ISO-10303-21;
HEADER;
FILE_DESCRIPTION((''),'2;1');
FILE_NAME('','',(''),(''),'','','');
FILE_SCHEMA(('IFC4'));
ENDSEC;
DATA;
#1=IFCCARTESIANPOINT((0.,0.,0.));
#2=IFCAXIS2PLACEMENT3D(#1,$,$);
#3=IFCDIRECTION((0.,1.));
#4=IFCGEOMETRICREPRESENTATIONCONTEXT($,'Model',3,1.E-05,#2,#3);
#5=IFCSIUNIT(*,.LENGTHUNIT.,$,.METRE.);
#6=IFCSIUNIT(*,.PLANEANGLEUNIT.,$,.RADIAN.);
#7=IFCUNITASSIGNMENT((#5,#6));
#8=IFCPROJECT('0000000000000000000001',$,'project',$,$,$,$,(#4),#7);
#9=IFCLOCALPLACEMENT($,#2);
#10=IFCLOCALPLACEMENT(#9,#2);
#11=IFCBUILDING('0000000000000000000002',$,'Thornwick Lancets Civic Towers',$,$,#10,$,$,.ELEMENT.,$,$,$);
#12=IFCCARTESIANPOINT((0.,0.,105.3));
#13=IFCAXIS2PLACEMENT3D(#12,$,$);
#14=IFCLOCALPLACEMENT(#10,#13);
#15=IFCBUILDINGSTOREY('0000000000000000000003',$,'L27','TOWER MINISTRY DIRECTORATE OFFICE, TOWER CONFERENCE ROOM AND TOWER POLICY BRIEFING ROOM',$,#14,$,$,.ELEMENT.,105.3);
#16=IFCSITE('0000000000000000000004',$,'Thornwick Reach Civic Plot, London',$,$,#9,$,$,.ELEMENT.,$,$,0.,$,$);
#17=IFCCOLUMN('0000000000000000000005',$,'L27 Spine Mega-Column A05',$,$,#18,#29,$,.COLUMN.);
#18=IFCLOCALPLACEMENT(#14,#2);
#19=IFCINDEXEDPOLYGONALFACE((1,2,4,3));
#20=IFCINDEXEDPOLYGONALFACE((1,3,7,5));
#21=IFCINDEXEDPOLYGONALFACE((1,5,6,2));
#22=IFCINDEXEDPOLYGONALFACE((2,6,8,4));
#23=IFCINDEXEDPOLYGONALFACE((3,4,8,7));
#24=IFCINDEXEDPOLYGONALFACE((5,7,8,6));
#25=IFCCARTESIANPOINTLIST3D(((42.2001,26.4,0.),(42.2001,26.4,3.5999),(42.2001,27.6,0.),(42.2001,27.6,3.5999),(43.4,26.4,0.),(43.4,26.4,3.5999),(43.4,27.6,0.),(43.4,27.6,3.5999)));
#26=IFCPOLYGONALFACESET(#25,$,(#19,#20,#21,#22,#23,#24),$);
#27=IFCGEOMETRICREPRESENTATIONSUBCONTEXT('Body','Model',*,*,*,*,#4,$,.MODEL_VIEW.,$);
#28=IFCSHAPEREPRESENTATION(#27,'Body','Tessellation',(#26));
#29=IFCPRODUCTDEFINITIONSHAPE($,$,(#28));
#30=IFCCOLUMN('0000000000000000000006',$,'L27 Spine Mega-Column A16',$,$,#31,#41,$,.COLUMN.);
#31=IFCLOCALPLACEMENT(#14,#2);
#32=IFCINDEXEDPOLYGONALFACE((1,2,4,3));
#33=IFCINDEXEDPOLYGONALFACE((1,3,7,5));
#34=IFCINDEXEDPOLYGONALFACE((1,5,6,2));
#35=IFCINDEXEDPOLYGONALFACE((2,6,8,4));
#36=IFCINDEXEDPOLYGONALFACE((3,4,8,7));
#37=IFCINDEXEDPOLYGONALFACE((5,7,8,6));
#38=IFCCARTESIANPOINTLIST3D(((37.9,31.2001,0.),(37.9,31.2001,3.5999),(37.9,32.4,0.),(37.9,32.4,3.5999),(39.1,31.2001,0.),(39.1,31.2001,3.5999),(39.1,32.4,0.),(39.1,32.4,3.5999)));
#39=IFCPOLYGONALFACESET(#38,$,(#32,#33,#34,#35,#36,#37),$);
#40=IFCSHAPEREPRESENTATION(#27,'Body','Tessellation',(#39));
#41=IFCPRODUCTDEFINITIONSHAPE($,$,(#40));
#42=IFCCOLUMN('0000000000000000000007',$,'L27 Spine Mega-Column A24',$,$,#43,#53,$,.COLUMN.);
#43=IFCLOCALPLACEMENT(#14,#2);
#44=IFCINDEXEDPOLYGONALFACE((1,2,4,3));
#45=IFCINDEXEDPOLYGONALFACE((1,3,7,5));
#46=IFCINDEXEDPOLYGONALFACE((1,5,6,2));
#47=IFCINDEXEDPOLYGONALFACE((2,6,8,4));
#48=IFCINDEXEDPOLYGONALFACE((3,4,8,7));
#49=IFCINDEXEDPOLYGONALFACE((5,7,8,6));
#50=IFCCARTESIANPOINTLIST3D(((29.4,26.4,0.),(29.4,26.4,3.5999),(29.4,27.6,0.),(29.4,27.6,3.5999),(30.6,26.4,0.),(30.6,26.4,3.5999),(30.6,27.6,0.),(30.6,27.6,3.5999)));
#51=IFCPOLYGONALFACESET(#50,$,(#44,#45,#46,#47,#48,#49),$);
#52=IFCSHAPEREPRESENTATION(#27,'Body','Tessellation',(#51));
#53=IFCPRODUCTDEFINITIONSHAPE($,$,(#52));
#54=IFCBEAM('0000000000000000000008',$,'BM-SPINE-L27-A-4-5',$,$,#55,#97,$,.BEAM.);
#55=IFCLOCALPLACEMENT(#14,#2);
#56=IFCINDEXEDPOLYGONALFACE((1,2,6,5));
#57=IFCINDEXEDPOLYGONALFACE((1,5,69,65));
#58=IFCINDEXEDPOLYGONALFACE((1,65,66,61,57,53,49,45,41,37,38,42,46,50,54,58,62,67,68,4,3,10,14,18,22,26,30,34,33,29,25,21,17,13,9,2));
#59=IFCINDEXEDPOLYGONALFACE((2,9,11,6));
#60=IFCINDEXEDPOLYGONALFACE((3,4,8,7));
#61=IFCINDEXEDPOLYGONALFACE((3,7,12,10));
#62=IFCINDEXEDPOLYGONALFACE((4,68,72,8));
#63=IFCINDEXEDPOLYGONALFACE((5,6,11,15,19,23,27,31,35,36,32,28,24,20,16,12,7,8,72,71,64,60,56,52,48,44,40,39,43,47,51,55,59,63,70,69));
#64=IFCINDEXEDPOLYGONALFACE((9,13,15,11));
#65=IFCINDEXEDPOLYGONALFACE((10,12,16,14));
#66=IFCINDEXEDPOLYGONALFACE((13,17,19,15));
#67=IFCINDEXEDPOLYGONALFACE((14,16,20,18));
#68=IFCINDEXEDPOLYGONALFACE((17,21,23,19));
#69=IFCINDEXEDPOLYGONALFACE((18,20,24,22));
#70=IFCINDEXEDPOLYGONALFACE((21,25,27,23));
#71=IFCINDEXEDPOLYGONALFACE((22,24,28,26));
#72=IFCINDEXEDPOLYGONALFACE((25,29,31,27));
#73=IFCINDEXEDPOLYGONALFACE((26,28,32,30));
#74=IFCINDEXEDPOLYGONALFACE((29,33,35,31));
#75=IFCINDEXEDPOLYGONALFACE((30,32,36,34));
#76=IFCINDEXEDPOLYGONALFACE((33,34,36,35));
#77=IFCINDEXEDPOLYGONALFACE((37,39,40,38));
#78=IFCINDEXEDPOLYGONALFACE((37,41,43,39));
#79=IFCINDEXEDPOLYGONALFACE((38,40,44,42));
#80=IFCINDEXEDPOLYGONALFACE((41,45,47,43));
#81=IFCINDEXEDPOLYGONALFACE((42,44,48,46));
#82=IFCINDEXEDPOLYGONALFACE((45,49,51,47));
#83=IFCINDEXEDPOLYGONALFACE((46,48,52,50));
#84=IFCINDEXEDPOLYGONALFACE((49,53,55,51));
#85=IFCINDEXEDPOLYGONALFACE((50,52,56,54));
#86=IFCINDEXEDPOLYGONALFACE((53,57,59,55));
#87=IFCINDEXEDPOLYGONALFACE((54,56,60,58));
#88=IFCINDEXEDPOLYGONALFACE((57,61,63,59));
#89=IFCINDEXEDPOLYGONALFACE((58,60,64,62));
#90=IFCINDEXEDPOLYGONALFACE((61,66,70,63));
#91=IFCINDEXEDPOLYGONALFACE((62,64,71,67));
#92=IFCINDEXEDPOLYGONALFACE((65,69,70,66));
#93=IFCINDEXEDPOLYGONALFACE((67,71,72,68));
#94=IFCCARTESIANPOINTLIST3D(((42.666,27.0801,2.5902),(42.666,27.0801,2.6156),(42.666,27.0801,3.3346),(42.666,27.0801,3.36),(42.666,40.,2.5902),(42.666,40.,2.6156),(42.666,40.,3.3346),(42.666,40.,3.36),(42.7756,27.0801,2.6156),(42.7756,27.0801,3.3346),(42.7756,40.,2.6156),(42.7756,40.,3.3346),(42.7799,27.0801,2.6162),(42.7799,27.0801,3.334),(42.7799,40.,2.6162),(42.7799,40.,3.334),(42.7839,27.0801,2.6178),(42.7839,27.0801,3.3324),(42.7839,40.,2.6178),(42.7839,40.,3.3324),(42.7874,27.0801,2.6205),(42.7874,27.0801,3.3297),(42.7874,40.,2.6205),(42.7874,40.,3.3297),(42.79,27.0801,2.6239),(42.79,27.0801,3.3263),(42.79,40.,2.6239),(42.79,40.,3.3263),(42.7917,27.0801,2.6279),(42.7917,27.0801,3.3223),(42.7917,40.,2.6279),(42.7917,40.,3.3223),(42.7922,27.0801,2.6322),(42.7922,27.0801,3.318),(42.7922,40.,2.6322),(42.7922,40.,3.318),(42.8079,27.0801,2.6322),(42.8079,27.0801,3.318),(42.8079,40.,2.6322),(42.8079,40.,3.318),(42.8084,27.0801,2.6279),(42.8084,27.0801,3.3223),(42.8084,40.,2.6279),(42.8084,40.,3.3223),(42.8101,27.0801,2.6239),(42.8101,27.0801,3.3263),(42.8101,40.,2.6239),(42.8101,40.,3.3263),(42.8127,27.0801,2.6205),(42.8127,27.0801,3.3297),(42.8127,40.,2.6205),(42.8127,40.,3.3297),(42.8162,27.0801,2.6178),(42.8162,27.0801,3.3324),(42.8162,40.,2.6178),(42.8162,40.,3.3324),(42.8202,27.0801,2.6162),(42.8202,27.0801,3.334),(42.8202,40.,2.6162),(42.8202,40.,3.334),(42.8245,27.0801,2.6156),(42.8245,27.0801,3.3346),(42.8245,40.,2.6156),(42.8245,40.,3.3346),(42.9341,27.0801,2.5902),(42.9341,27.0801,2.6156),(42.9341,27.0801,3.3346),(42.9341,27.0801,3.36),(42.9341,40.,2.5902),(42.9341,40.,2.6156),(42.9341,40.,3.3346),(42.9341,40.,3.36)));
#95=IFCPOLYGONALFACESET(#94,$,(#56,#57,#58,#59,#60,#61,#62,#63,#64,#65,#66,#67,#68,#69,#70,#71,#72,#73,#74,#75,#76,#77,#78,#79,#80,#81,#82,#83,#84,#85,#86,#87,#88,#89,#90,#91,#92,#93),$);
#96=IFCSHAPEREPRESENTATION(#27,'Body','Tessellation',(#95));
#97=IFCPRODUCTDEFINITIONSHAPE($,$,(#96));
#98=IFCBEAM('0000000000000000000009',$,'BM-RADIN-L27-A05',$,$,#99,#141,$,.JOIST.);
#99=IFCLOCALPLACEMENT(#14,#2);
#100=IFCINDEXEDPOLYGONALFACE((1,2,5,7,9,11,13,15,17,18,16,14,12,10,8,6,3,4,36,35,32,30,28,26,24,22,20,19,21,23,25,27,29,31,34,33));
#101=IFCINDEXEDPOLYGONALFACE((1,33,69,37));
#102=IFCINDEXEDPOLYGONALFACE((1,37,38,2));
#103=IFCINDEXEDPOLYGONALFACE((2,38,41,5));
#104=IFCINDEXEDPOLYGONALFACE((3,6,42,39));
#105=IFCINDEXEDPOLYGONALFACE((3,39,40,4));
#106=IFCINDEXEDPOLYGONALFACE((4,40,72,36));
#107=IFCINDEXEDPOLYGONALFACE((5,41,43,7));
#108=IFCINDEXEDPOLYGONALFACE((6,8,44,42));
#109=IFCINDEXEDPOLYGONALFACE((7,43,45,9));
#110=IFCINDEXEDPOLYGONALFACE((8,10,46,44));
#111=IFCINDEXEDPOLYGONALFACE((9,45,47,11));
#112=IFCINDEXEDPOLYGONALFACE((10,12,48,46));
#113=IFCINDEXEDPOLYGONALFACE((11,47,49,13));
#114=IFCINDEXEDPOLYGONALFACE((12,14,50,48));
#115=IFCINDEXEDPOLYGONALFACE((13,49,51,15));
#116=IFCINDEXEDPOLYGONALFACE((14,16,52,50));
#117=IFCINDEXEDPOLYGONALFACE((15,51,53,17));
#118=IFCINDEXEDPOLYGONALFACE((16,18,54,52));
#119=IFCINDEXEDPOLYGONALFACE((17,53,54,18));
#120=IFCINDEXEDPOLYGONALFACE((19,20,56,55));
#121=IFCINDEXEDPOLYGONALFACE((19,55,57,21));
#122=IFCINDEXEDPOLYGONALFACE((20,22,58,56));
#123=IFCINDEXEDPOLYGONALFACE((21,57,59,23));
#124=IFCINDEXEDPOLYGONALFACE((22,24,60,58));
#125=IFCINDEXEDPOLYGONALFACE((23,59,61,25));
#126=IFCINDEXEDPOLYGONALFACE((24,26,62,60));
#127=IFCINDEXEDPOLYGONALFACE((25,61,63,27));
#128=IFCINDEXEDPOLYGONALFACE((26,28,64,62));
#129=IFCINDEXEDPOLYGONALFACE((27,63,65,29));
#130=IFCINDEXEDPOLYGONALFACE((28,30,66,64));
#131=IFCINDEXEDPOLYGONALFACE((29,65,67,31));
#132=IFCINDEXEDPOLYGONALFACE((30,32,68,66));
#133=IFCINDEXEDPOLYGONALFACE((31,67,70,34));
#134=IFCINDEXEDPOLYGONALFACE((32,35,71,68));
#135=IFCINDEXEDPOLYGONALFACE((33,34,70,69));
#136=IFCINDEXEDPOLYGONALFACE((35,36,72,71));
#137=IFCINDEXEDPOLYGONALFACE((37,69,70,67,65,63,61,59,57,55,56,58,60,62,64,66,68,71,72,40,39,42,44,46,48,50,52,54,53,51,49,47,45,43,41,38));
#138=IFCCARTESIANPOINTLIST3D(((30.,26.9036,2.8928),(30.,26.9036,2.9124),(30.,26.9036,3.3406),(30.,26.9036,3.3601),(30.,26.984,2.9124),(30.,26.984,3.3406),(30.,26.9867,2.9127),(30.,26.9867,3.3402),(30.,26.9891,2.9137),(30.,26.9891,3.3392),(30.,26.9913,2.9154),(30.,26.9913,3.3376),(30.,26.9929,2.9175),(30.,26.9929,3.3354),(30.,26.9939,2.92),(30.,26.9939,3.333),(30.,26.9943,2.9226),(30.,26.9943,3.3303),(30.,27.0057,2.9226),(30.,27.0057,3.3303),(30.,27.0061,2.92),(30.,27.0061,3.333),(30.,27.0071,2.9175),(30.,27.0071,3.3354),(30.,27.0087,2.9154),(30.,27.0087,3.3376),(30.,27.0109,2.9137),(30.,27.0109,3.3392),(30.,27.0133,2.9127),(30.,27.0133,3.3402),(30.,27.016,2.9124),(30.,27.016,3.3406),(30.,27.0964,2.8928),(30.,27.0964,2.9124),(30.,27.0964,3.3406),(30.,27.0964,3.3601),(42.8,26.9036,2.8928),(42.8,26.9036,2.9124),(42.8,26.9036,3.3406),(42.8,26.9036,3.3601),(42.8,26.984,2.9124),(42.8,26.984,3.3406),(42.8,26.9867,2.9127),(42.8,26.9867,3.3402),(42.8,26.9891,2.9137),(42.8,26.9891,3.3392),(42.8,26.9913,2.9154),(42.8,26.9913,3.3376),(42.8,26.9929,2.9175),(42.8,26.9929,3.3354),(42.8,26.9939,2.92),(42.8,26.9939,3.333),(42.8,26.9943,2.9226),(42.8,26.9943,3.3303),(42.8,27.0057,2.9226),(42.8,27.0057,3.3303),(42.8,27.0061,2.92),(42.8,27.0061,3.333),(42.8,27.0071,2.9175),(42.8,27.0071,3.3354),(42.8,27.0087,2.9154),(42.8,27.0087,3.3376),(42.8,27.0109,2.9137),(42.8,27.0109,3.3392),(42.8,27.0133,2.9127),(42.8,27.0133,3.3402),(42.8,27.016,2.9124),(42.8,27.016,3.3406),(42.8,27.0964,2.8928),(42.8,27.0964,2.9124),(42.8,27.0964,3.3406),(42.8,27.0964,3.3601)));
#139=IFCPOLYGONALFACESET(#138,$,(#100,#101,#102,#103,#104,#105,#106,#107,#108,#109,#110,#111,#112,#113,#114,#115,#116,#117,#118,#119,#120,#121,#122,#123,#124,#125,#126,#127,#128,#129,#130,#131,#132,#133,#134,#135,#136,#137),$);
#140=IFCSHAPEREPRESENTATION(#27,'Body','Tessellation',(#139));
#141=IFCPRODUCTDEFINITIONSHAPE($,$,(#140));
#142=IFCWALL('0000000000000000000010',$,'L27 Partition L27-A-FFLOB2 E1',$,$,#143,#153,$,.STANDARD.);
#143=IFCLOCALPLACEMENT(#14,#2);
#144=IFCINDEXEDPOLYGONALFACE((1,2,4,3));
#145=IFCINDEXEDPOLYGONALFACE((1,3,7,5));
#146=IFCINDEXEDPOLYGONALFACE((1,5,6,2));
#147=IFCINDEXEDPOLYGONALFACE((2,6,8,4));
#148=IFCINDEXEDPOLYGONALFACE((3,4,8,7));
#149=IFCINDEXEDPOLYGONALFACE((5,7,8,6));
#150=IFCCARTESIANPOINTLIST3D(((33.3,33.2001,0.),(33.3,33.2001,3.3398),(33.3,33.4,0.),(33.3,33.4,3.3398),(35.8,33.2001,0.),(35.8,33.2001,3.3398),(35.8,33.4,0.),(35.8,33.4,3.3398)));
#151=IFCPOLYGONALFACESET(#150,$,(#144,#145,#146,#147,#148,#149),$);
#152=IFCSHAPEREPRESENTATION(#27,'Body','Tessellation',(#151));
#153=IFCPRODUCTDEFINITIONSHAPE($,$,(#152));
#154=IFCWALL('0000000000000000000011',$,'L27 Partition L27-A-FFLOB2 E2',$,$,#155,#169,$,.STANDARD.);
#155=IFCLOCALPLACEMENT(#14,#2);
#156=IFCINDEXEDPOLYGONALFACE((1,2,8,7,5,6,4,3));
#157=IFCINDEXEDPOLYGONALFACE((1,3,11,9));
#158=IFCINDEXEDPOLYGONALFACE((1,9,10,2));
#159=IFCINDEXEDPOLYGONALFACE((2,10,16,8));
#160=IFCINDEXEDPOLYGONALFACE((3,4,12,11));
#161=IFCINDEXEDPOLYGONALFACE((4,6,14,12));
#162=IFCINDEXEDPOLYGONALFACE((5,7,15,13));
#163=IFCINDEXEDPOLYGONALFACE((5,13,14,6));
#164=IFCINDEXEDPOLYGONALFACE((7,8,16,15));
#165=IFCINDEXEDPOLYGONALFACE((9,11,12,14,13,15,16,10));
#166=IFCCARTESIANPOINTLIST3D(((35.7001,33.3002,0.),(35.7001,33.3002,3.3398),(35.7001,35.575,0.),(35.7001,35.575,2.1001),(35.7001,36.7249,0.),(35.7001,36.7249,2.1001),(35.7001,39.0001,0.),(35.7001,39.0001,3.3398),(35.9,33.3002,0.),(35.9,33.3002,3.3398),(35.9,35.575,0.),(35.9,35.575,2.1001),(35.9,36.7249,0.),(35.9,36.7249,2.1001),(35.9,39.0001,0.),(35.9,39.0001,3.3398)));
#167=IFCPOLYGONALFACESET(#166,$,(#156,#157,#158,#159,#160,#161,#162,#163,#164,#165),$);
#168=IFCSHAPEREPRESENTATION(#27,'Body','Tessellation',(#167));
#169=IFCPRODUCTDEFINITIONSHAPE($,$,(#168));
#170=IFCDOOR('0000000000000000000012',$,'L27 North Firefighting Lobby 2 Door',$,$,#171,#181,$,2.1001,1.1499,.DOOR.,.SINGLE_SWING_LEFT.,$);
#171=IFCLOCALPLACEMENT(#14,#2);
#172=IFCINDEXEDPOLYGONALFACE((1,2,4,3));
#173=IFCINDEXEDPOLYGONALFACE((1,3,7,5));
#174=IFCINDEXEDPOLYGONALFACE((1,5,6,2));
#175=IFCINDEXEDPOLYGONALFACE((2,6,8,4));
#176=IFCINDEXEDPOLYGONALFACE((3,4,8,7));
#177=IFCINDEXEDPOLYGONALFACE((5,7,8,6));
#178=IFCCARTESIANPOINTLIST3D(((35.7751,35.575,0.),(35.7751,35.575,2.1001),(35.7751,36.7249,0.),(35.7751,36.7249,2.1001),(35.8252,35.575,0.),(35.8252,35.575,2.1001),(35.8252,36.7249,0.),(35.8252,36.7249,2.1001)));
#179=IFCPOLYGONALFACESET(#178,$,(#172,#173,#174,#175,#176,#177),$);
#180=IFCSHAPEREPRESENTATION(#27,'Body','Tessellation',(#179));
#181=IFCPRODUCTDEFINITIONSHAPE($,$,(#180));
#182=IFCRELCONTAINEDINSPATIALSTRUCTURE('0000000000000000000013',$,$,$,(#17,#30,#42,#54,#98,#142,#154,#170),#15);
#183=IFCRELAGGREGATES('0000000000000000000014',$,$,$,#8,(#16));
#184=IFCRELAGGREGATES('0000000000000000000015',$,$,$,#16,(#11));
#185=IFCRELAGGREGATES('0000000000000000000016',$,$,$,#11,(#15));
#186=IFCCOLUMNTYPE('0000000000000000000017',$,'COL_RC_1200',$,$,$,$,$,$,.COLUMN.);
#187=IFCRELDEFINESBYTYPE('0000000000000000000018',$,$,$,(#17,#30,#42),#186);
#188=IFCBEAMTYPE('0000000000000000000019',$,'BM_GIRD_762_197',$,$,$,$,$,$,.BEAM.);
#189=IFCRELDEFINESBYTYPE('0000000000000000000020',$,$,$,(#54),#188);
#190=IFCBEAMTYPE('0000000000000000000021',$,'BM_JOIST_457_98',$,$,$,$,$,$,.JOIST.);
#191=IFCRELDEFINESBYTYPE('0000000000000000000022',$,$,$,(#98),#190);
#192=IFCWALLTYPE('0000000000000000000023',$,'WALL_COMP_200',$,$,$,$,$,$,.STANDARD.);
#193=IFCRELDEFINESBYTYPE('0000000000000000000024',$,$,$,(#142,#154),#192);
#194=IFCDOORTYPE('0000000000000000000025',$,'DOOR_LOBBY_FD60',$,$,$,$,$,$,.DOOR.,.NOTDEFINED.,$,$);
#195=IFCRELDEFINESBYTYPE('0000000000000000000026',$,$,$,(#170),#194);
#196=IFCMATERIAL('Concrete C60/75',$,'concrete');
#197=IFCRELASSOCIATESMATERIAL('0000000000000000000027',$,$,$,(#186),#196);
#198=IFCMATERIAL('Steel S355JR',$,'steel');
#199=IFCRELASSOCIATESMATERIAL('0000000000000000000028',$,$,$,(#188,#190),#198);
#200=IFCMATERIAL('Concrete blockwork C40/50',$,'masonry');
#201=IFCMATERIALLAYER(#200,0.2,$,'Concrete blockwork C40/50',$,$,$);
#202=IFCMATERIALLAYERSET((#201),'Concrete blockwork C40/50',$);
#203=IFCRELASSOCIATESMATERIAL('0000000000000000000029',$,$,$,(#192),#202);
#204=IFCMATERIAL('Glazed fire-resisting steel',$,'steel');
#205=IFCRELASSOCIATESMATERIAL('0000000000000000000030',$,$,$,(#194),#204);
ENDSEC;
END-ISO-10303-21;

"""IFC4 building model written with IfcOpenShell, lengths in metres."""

from ifc_helpers import new_model, si_unit, direction, frame, frame_2d, origin, origin_2d, place, context, subcontext, project, spatial, rectangle, i_section, extrude, material, layer, layer_set, material_profile, profile_set, type_object, element, fill, save


model = new_model("IFC4")

# Units and contexts
model_context = context("Model", 3, precision=1e-05, world=origin(), true_north=direction((0.0, 1.0)))
body_context = subcontext(model_context, "Body", "Model", "MODEL_VIEW")
ifc_project = project(units=[si_unit("LENGTHUNIT", "METRE"), si_unit("PLANEANGLEUNIT", "RADIAN")], contexts=[model_context])

# Site, building, storey
site_placement = place(None, origin())
site = spatial("IfcSite", under=ifc_project, at=site_placement, Name="Thornwick Reach Civic Plot, London", CompositionType="ELEMENT", RefElevation=0.0)
building_placement = place(site_placement, origin())
building = spatial("IfcBuilding", under=site, at=building_placement, Name="Thornwick Lancets Civic Towers", CompositionType="ELEMENT")
storey_placement = place(building_placement, frame((0.0, 0.0, 105.3)))
storey = spatial("IfcBuildingStorey", under=building, at=storey_placement, Name="L27", Description="TOWER MINISTRY DIRECTORATE OFFICE, TOWER CONFERENCE ROOM AND TOWER POLICY BRIEFING ROOM", CompositionType="ELEMENT", Elevation=105.3)

# Columns
ifc_material_1 = material(Name="Concrete C60/75", Category="concrete")
ifc_material_profile_1 = material_profile(ifc_material_1, rectangle(XDim=1.2, YDim=1.2, at=origin_2d()), Name="RC 1200x1200")
ifc_profile_set_1 = profile_set([ifc_material_profile_1], Name="Concrete C60/75")
column_type = type_object("IfcColumnType", Name="COL_RC_1200", PredefinedType="COLUMN", material=ifc_profile_set_1)
for number, where, z_axis, x_axis, name in (
    (1, (42.8, 27.0, 0.0), (0.0, 0.0, 1.0), (1.0, 0.0, 0.0), "L27 Spine Mega-Column A05"),
    (2, (38.5, 31.8, 0.0), (0.0, 0.0, 1.0), (1.0, 0.0, 0.0), "L27 Spine Mega-Column A16"),
    (3, (30.0, 27.0, 0.0), (0.0, 0.0, 1.0), (1.0, 0.0, 0.0), "L27 Spine Mega-Column A24"),
):
    element("IfcColumn", number, at=place(storey_placement, frame(where, z_axis=z_axis, x_axis=x_axis)), inside=storey, type_object=column_type, Name=name, PredefinedType="COLUMN", context=body_context, shape_type="SweptSolid", body=[
        extrude(rectangle(XDim=1.2, YDim=1.2, at=origin_2d()), origin(), (0.0, 0.0, 1.0), 3.5999),
    ])

# Beams
ifc_material_2 = material(Name="Steel S355JR", Category="steel")
ifc_material_profile_2 = material_profile(ifc_material_2, i_section(OverallWidth=0.2681, OverallDepth=0.7698, WebThickness=0.0156, FlangeThickness=0.0254, FilletRadius=0.0166, at=origin_2d()), Name="UKB 762x267x197")
ifc_profile_set_2 = profile_set([ifc_material_profile_2], Name="Steel S355JR")
beam_type_1 = type_object("IfcBeamType", Name="BM_GIRD_762_197", PredefinedType="BEAM", material=ifc_profile_set_2)
beam_1_placement = place(storey_placement, frame((42.8, 27.0801, 2.9751), z_axis=(0.0, 1.0, 0.0), x_axis=(-1.0, 0.0, 0.0)))
element("IfcBeam", 4, at=beam_1_placement, inside=storey, type_object=beam_type_1, Name="BM-SPINE-L27-A-4-5", PredefinedType="BEAM", context=body_context, shape_type="SweptSolid", body=[
    extrude(i_section(OverallWidth=0.2681, OverallDepth=0.7698, WebThickness=0.0156, FlangeThickness=0.0254, FilletRadius=0.0166, at=origin_2d()), origin(), (0.0, 0.0, 1.0), 12.9199),
])
ifc_material_profile_3 = material_profile(ifc_material_2, i_section(OverallWidth=0.1929, OverallDepth=0.4673, WebThickness=0.0115, FlangeThickness=0.0195, FilletRadius=0.0103, at=origin_2d()), Name="UKB 457x191x98")
ifc_profile_set_3 = profile_set([ifc_material_profile_3], Name="Steel S355JR")
beam_type_2 = type_object("IfcBeamType", Name="BM_JOIST_457_98", PredefinedType="JOIST", material=ifc_profile_set_3)
beam_2_placement = place(storey_placement, frame((30.0, 27.0, 3.1265), z_axis=(1.0, 0.0, 0.0), x_axis=(0.0, 1.0, 0.0)))
element("IfcBeam", 5, at=beam_2_placement, inside=storey, type_object=beam_type_2, Name="BM-RADIN-L27-A05", PredefinedType="JOIST", context=body_context, shape_type="SweptSolid", body=[
    extrude(i_section(OverallWidth=0.1929, OverallDepth=0.4673, WebThickness=0.0115, FlangeThickness=0.0195, FilletRadius=0.0103, at=origin_2d()), origin(), (0.0, 0.0, 1.0), 12.8),
])

# Wall
ifc_material_3 = material(Name="Concrete blockwork C40/50", Category="masonry")
ifc_layer_1 = layer(ifc_material_3, 0.2, Name="Concrete blockwork C40/50")
ifc_layer_set_1 = layer_set([ifc_layer_1], Name="Concrete blockwork C40/50")
wall_type_1 = type_object("IfcWallType", Name="WALL_COMP_200", PredefinedType="STANDARD", material=ifc_layer_set_1)
wall_1_placement = place(storey_placement, frame((33.3, 33.3, 0.0), z_axis=(0.0, 0.0, 1.0), x_axis=(1.0, 0.0, 0.0)))
element("IfcWall", 6, at=wall_1_placement, inside=storey, type_object=wall_type_1, Name="L27 Partition L27-A-FFLOB2 E1", PredefinedType="STANDARD", context=body_context, shape_type="SweptSolid", body=[
    extrude(rectangle(XDim=2.5, YDim=0.2, at=frame_2d((1.25, 0.0))), origin(), (0.0, 0.0, 1.0), 3.3398),
])

# Wall, opening, door
wall_2_placement = place(storey_placement, frame((35.8, 33.3, 0.0), z_axis=(0.0, 0.0, 1.0), x_axis=(0.0, 1.0, 0.0)))
wall_2 = element("IfcWall", 7, at=wall_2_placement, inside=storey, type_object=wall_type_1, Name="L27 Partition L27-A-FFLOB2 E2", PredefinedType="STANDARD", context=body_context, shape_type="SweptSolid", body=[
    extrude(rectangle(XDim=5.7, YDim=0.2, at=frame_2d((2.8501, 0.0))), origin(), (0.0, 0.0, 1.0), 3.3398),
])
opening_1_placement = place(wall_2_placement, frame((2.2749, 0.0, 0.0)))
opening_1 = element("IfcOpeningElement", 8, at=opening_1_placement, cuts=wall_2, PredefinedType="OPENING", context=body_context, shape_type="SweptSolid", body=[
    extrude(rectangle(XDim=1.1499, YDim=2.1001, at=frame_2d((0.575, 1.05))), frame((0.0, 0.1099, 0.0), z_axis=(0.0, -1.0, 0.0), x_axis=(1.0, 0.0, 0.0)), (0.0, 0.0, 1.0), 0.22),
])
ifc_material_4 = material(Name="Glazed fire-resisting steel", Category="steel")
door_type_1 = type_object("IfcDoorType", Name="DOOR_LOBBY_FD60", OperationType="NOTDEFINED", PredefinedType="DOOR", material=ifc_material_4)
door_1_placement = place(opening_1_placement, origin())
door_1 = element("IfcDoor", 9, at=door_1_placement, inside=storey, type_object=door_type_1, Name="L27 North Firefighting Lobby 2 Door", OperationType="SINGLE_SWING_LEFT", OverallHeight=2.1001, OverallWidth=1.1499, PredefinedType="DOOR", context=body_context, shape_type="SweptSolid", body=[
    extrude(rectangle(XDim=1.1499, YDim=2.1001, at=frame_2d((0.575, 1.05))), frame((0.0, 0.0249, 0.0), z_axis=(0.0, -1.0, 0.0), x_axis=(1.0, 0.0, 0.0)), (0.0, 0.0, 1.0), 0.05),
])
fill(opening_1, door_1)

save(model, "model.ifc")
